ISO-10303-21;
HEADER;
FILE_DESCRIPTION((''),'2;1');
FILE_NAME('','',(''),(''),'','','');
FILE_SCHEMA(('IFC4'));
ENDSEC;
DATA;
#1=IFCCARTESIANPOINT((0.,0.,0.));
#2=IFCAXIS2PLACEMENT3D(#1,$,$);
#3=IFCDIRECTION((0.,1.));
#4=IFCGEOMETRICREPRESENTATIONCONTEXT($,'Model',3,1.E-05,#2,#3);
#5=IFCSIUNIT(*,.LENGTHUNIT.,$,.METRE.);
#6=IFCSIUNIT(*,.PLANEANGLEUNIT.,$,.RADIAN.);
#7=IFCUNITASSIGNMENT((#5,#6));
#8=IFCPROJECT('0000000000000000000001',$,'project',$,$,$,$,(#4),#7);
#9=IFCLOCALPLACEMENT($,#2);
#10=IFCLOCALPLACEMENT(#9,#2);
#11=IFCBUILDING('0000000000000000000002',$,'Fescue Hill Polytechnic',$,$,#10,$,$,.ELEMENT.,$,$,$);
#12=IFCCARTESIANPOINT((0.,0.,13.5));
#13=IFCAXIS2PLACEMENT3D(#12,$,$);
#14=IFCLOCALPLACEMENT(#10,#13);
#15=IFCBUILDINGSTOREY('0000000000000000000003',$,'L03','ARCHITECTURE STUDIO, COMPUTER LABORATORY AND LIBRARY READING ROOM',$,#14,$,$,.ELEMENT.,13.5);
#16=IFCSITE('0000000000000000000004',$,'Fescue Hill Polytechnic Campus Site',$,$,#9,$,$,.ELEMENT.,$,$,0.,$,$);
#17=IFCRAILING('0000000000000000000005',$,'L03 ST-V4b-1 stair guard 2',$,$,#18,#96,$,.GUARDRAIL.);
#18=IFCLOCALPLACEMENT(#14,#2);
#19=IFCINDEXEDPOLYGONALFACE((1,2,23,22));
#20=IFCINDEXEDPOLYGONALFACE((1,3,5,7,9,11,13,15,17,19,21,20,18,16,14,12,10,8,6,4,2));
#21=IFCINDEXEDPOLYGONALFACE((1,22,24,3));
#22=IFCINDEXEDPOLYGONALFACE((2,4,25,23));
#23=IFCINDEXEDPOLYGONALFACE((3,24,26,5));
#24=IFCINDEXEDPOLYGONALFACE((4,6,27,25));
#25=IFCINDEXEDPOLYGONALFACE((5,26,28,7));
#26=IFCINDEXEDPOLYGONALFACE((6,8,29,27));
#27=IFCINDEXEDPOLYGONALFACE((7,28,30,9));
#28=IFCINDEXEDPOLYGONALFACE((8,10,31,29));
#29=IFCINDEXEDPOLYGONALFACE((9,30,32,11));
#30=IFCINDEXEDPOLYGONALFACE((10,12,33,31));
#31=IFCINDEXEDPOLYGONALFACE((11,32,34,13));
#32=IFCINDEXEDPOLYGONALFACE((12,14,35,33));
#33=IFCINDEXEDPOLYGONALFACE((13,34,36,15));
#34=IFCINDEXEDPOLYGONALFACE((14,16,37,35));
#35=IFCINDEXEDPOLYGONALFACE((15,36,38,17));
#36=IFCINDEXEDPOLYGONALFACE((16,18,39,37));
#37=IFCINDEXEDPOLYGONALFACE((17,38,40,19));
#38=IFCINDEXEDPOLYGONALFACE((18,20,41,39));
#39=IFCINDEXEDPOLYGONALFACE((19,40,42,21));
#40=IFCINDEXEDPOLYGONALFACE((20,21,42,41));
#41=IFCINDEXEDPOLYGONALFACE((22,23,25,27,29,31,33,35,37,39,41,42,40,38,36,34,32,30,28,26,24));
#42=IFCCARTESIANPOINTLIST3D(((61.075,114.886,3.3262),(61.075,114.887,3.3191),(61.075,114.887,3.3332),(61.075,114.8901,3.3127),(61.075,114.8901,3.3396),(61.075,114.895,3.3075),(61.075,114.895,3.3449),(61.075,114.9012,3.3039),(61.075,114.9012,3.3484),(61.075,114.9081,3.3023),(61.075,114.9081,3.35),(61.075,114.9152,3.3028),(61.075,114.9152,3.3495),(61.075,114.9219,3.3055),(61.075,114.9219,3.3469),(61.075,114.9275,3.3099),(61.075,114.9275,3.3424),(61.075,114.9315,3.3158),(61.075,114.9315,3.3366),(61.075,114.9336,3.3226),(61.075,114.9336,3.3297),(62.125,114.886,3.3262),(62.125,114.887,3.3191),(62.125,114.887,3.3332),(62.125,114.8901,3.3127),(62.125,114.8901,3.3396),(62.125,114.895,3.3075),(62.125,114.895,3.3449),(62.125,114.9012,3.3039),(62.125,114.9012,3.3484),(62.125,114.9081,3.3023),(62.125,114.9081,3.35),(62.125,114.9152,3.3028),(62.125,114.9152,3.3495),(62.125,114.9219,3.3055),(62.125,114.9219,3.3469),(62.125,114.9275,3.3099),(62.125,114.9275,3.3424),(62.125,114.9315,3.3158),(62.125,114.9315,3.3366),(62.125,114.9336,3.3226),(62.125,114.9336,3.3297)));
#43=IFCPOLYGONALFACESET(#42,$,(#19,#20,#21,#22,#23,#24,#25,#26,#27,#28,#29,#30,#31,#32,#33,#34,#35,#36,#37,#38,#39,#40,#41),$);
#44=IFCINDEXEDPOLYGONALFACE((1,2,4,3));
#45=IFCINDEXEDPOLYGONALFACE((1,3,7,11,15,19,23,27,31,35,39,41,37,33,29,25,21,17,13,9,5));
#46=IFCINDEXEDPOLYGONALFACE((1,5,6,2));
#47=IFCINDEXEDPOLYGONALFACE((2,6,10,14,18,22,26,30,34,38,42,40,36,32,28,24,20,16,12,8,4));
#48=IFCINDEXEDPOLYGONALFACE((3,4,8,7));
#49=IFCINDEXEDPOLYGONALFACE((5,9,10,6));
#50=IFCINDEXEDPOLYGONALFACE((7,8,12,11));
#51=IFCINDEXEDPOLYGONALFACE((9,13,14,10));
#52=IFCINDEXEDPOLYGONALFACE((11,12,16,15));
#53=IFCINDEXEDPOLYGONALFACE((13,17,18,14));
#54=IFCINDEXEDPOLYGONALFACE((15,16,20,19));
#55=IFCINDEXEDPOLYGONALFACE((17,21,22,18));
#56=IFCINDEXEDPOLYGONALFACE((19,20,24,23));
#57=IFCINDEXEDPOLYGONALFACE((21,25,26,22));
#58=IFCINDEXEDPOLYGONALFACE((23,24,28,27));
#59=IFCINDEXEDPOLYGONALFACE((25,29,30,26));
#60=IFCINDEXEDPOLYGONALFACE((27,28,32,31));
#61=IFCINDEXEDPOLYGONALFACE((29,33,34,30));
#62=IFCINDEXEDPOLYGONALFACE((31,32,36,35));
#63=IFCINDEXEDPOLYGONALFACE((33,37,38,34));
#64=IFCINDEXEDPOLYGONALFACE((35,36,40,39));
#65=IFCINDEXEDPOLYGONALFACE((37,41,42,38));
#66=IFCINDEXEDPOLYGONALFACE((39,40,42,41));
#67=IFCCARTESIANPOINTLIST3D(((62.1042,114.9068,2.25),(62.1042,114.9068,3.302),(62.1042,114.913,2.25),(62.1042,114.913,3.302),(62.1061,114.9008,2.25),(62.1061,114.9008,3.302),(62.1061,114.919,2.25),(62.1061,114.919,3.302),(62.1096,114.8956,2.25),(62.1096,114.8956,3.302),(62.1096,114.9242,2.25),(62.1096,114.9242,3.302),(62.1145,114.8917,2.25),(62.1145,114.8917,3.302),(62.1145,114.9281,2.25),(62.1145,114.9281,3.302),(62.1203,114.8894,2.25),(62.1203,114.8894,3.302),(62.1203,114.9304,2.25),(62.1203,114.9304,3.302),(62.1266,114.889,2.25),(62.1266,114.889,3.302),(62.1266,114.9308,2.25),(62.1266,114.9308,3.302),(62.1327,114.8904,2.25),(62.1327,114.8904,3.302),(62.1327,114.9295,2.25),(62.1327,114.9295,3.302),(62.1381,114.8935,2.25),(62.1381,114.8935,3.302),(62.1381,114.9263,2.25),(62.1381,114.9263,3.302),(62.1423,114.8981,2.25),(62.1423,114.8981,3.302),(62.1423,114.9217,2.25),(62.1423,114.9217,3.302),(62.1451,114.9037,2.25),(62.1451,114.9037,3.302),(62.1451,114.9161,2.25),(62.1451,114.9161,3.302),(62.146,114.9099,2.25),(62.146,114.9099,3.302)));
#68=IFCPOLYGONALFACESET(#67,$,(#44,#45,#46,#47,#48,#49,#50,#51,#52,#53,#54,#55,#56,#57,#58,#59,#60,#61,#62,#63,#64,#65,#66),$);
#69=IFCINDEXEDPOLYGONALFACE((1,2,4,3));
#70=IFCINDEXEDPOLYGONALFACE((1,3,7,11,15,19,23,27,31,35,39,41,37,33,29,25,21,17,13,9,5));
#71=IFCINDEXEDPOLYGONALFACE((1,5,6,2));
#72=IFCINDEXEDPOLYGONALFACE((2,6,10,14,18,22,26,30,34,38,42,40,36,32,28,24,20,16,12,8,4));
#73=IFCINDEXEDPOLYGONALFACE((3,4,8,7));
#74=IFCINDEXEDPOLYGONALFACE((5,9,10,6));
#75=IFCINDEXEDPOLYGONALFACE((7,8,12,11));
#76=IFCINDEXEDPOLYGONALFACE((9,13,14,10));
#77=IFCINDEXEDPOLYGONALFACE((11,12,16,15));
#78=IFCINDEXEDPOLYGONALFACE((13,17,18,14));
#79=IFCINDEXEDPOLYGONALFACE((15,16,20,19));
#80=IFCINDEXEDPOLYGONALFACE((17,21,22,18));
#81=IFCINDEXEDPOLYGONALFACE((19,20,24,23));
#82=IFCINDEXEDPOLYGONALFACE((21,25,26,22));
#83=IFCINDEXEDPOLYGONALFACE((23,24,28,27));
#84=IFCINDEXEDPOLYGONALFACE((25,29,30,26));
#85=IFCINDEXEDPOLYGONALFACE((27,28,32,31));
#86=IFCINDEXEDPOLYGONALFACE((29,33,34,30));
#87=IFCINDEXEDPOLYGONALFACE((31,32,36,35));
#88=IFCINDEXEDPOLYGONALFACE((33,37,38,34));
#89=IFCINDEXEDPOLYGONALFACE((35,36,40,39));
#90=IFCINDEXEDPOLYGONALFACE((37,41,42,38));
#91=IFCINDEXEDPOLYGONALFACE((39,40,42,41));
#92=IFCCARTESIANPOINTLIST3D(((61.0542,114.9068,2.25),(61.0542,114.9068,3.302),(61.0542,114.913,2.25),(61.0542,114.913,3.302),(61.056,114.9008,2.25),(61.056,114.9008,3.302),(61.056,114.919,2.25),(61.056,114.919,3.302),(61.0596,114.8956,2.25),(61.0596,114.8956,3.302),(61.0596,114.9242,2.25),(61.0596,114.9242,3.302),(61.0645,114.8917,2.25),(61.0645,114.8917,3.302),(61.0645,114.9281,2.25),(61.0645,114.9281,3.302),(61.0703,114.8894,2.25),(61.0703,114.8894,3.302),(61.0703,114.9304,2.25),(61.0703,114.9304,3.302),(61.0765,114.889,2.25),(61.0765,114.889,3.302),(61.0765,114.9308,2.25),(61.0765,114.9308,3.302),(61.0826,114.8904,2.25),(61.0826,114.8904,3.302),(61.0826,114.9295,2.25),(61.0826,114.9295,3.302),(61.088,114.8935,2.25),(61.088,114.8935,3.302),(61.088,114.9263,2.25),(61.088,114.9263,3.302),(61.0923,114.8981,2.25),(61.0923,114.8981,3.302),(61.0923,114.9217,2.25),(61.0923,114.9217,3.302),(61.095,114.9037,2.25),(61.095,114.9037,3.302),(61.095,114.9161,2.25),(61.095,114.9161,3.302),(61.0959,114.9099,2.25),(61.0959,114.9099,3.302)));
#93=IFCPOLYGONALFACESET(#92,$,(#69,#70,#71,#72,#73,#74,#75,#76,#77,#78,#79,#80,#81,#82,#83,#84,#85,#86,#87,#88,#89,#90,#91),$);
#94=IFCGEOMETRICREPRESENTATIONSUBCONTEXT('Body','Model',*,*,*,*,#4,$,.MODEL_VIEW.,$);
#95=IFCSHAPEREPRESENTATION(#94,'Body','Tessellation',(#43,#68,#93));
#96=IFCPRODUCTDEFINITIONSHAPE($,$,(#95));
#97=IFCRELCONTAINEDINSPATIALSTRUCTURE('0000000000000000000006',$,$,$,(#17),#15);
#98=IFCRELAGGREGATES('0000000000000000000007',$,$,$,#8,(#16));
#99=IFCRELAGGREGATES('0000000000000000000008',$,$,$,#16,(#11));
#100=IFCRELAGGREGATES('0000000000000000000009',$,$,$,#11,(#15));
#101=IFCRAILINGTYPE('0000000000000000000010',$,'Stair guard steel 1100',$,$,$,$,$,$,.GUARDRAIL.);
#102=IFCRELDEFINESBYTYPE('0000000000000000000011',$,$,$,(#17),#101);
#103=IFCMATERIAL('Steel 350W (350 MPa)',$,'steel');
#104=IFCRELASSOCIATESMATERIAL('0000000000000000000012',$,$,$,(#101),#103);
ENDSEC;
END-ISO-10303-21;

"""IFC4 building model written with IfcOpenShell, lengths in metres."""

from ifc_helpers import new_model, si_unit, direction, frame, origin, origin_2d, place, context, subcontext, project, spatial, circle, extrude, material, type_object, element, save


model = new_model("IFC4")

# Units and contexts
model_context = context("Model", 3, precision=1e-05, world=origin(), true_north=direction((0.0, 1.0)))
body_context = subcontext(model_context, "Body", "Model", "MODEL_VIEW")
ifc_project = project(units=[si_unit("LENGTHUNIT", "METRE"), si_unit("PLANEANGLEUNIT", "RADIAN")], contexts=[model_context])

# Site, building, storey
site_placement = place(None, origin())
site = spatial("IfcSite", under=ifc_project, at=site_placement, Name="Fescue Hill Polytechnic Campus Site", CompositionType="ELEMENT", RefElevation=0.0)
building_placement = place(site_placement, origin())
building = spatial("IfcBuilding", under=site, at=building_placement, Name="Fescue Hill Polytechnic", CompositionType="ELEMENT")
storey_placement = place(building_placement, frame((0.0, 0.0, 13.5)))
storey = spatial("IfcBuildingStorey", under=building, at=storey_placement, Name="L03", Description="ARCHITECTURE STUDIO, COMPUTER LABORATORY AND LIBRARY READING ROOM", CompositionType="ELEMENT", Elevation=13.5)

# Railing
ifc_material_1 = material(Name="Steel 350W (350 MPa)", Category="steel")
railing_type_1 = type_object("IfcRailingType", Name="Stair guard steel 1100", PredefinedType="GUARDRAIL", material=ifc_material_1)
railing_1_placement = place(storey_placement, frame((62.125, 114.9099, 2.25)))
element("IfcRailing", 1, at=railing_1_placement, inside=storey, type_object=railing_type_1, Name="L03 ST-V4b-1 stair guard 2", PredefinedType="GUARDRAIL", context=body_context, shape_type="SweptSolid", body=[
    extrude(circle(Radius=0.0239, at=origin_2d()), frame((0.0, 0.0, 1.0762), z_axis=(-1.0, 0.0, 0.0), x_axis=(0.0, -1.0, 0.0)), (0.0, 0.0, 1.0), 1.05),
    extrude(circle(Radius=0.021, at=origin_2d()), origin(), (0.0, 0.0, 1.0), 1.052),
    extrude(circle(Radius=0.021, at=origin_2d()), frame((-1.05, 0.0, 0.0)), (0.0, 0.0, 1.0), 1.052),
])

save(model, "model.ifc")
